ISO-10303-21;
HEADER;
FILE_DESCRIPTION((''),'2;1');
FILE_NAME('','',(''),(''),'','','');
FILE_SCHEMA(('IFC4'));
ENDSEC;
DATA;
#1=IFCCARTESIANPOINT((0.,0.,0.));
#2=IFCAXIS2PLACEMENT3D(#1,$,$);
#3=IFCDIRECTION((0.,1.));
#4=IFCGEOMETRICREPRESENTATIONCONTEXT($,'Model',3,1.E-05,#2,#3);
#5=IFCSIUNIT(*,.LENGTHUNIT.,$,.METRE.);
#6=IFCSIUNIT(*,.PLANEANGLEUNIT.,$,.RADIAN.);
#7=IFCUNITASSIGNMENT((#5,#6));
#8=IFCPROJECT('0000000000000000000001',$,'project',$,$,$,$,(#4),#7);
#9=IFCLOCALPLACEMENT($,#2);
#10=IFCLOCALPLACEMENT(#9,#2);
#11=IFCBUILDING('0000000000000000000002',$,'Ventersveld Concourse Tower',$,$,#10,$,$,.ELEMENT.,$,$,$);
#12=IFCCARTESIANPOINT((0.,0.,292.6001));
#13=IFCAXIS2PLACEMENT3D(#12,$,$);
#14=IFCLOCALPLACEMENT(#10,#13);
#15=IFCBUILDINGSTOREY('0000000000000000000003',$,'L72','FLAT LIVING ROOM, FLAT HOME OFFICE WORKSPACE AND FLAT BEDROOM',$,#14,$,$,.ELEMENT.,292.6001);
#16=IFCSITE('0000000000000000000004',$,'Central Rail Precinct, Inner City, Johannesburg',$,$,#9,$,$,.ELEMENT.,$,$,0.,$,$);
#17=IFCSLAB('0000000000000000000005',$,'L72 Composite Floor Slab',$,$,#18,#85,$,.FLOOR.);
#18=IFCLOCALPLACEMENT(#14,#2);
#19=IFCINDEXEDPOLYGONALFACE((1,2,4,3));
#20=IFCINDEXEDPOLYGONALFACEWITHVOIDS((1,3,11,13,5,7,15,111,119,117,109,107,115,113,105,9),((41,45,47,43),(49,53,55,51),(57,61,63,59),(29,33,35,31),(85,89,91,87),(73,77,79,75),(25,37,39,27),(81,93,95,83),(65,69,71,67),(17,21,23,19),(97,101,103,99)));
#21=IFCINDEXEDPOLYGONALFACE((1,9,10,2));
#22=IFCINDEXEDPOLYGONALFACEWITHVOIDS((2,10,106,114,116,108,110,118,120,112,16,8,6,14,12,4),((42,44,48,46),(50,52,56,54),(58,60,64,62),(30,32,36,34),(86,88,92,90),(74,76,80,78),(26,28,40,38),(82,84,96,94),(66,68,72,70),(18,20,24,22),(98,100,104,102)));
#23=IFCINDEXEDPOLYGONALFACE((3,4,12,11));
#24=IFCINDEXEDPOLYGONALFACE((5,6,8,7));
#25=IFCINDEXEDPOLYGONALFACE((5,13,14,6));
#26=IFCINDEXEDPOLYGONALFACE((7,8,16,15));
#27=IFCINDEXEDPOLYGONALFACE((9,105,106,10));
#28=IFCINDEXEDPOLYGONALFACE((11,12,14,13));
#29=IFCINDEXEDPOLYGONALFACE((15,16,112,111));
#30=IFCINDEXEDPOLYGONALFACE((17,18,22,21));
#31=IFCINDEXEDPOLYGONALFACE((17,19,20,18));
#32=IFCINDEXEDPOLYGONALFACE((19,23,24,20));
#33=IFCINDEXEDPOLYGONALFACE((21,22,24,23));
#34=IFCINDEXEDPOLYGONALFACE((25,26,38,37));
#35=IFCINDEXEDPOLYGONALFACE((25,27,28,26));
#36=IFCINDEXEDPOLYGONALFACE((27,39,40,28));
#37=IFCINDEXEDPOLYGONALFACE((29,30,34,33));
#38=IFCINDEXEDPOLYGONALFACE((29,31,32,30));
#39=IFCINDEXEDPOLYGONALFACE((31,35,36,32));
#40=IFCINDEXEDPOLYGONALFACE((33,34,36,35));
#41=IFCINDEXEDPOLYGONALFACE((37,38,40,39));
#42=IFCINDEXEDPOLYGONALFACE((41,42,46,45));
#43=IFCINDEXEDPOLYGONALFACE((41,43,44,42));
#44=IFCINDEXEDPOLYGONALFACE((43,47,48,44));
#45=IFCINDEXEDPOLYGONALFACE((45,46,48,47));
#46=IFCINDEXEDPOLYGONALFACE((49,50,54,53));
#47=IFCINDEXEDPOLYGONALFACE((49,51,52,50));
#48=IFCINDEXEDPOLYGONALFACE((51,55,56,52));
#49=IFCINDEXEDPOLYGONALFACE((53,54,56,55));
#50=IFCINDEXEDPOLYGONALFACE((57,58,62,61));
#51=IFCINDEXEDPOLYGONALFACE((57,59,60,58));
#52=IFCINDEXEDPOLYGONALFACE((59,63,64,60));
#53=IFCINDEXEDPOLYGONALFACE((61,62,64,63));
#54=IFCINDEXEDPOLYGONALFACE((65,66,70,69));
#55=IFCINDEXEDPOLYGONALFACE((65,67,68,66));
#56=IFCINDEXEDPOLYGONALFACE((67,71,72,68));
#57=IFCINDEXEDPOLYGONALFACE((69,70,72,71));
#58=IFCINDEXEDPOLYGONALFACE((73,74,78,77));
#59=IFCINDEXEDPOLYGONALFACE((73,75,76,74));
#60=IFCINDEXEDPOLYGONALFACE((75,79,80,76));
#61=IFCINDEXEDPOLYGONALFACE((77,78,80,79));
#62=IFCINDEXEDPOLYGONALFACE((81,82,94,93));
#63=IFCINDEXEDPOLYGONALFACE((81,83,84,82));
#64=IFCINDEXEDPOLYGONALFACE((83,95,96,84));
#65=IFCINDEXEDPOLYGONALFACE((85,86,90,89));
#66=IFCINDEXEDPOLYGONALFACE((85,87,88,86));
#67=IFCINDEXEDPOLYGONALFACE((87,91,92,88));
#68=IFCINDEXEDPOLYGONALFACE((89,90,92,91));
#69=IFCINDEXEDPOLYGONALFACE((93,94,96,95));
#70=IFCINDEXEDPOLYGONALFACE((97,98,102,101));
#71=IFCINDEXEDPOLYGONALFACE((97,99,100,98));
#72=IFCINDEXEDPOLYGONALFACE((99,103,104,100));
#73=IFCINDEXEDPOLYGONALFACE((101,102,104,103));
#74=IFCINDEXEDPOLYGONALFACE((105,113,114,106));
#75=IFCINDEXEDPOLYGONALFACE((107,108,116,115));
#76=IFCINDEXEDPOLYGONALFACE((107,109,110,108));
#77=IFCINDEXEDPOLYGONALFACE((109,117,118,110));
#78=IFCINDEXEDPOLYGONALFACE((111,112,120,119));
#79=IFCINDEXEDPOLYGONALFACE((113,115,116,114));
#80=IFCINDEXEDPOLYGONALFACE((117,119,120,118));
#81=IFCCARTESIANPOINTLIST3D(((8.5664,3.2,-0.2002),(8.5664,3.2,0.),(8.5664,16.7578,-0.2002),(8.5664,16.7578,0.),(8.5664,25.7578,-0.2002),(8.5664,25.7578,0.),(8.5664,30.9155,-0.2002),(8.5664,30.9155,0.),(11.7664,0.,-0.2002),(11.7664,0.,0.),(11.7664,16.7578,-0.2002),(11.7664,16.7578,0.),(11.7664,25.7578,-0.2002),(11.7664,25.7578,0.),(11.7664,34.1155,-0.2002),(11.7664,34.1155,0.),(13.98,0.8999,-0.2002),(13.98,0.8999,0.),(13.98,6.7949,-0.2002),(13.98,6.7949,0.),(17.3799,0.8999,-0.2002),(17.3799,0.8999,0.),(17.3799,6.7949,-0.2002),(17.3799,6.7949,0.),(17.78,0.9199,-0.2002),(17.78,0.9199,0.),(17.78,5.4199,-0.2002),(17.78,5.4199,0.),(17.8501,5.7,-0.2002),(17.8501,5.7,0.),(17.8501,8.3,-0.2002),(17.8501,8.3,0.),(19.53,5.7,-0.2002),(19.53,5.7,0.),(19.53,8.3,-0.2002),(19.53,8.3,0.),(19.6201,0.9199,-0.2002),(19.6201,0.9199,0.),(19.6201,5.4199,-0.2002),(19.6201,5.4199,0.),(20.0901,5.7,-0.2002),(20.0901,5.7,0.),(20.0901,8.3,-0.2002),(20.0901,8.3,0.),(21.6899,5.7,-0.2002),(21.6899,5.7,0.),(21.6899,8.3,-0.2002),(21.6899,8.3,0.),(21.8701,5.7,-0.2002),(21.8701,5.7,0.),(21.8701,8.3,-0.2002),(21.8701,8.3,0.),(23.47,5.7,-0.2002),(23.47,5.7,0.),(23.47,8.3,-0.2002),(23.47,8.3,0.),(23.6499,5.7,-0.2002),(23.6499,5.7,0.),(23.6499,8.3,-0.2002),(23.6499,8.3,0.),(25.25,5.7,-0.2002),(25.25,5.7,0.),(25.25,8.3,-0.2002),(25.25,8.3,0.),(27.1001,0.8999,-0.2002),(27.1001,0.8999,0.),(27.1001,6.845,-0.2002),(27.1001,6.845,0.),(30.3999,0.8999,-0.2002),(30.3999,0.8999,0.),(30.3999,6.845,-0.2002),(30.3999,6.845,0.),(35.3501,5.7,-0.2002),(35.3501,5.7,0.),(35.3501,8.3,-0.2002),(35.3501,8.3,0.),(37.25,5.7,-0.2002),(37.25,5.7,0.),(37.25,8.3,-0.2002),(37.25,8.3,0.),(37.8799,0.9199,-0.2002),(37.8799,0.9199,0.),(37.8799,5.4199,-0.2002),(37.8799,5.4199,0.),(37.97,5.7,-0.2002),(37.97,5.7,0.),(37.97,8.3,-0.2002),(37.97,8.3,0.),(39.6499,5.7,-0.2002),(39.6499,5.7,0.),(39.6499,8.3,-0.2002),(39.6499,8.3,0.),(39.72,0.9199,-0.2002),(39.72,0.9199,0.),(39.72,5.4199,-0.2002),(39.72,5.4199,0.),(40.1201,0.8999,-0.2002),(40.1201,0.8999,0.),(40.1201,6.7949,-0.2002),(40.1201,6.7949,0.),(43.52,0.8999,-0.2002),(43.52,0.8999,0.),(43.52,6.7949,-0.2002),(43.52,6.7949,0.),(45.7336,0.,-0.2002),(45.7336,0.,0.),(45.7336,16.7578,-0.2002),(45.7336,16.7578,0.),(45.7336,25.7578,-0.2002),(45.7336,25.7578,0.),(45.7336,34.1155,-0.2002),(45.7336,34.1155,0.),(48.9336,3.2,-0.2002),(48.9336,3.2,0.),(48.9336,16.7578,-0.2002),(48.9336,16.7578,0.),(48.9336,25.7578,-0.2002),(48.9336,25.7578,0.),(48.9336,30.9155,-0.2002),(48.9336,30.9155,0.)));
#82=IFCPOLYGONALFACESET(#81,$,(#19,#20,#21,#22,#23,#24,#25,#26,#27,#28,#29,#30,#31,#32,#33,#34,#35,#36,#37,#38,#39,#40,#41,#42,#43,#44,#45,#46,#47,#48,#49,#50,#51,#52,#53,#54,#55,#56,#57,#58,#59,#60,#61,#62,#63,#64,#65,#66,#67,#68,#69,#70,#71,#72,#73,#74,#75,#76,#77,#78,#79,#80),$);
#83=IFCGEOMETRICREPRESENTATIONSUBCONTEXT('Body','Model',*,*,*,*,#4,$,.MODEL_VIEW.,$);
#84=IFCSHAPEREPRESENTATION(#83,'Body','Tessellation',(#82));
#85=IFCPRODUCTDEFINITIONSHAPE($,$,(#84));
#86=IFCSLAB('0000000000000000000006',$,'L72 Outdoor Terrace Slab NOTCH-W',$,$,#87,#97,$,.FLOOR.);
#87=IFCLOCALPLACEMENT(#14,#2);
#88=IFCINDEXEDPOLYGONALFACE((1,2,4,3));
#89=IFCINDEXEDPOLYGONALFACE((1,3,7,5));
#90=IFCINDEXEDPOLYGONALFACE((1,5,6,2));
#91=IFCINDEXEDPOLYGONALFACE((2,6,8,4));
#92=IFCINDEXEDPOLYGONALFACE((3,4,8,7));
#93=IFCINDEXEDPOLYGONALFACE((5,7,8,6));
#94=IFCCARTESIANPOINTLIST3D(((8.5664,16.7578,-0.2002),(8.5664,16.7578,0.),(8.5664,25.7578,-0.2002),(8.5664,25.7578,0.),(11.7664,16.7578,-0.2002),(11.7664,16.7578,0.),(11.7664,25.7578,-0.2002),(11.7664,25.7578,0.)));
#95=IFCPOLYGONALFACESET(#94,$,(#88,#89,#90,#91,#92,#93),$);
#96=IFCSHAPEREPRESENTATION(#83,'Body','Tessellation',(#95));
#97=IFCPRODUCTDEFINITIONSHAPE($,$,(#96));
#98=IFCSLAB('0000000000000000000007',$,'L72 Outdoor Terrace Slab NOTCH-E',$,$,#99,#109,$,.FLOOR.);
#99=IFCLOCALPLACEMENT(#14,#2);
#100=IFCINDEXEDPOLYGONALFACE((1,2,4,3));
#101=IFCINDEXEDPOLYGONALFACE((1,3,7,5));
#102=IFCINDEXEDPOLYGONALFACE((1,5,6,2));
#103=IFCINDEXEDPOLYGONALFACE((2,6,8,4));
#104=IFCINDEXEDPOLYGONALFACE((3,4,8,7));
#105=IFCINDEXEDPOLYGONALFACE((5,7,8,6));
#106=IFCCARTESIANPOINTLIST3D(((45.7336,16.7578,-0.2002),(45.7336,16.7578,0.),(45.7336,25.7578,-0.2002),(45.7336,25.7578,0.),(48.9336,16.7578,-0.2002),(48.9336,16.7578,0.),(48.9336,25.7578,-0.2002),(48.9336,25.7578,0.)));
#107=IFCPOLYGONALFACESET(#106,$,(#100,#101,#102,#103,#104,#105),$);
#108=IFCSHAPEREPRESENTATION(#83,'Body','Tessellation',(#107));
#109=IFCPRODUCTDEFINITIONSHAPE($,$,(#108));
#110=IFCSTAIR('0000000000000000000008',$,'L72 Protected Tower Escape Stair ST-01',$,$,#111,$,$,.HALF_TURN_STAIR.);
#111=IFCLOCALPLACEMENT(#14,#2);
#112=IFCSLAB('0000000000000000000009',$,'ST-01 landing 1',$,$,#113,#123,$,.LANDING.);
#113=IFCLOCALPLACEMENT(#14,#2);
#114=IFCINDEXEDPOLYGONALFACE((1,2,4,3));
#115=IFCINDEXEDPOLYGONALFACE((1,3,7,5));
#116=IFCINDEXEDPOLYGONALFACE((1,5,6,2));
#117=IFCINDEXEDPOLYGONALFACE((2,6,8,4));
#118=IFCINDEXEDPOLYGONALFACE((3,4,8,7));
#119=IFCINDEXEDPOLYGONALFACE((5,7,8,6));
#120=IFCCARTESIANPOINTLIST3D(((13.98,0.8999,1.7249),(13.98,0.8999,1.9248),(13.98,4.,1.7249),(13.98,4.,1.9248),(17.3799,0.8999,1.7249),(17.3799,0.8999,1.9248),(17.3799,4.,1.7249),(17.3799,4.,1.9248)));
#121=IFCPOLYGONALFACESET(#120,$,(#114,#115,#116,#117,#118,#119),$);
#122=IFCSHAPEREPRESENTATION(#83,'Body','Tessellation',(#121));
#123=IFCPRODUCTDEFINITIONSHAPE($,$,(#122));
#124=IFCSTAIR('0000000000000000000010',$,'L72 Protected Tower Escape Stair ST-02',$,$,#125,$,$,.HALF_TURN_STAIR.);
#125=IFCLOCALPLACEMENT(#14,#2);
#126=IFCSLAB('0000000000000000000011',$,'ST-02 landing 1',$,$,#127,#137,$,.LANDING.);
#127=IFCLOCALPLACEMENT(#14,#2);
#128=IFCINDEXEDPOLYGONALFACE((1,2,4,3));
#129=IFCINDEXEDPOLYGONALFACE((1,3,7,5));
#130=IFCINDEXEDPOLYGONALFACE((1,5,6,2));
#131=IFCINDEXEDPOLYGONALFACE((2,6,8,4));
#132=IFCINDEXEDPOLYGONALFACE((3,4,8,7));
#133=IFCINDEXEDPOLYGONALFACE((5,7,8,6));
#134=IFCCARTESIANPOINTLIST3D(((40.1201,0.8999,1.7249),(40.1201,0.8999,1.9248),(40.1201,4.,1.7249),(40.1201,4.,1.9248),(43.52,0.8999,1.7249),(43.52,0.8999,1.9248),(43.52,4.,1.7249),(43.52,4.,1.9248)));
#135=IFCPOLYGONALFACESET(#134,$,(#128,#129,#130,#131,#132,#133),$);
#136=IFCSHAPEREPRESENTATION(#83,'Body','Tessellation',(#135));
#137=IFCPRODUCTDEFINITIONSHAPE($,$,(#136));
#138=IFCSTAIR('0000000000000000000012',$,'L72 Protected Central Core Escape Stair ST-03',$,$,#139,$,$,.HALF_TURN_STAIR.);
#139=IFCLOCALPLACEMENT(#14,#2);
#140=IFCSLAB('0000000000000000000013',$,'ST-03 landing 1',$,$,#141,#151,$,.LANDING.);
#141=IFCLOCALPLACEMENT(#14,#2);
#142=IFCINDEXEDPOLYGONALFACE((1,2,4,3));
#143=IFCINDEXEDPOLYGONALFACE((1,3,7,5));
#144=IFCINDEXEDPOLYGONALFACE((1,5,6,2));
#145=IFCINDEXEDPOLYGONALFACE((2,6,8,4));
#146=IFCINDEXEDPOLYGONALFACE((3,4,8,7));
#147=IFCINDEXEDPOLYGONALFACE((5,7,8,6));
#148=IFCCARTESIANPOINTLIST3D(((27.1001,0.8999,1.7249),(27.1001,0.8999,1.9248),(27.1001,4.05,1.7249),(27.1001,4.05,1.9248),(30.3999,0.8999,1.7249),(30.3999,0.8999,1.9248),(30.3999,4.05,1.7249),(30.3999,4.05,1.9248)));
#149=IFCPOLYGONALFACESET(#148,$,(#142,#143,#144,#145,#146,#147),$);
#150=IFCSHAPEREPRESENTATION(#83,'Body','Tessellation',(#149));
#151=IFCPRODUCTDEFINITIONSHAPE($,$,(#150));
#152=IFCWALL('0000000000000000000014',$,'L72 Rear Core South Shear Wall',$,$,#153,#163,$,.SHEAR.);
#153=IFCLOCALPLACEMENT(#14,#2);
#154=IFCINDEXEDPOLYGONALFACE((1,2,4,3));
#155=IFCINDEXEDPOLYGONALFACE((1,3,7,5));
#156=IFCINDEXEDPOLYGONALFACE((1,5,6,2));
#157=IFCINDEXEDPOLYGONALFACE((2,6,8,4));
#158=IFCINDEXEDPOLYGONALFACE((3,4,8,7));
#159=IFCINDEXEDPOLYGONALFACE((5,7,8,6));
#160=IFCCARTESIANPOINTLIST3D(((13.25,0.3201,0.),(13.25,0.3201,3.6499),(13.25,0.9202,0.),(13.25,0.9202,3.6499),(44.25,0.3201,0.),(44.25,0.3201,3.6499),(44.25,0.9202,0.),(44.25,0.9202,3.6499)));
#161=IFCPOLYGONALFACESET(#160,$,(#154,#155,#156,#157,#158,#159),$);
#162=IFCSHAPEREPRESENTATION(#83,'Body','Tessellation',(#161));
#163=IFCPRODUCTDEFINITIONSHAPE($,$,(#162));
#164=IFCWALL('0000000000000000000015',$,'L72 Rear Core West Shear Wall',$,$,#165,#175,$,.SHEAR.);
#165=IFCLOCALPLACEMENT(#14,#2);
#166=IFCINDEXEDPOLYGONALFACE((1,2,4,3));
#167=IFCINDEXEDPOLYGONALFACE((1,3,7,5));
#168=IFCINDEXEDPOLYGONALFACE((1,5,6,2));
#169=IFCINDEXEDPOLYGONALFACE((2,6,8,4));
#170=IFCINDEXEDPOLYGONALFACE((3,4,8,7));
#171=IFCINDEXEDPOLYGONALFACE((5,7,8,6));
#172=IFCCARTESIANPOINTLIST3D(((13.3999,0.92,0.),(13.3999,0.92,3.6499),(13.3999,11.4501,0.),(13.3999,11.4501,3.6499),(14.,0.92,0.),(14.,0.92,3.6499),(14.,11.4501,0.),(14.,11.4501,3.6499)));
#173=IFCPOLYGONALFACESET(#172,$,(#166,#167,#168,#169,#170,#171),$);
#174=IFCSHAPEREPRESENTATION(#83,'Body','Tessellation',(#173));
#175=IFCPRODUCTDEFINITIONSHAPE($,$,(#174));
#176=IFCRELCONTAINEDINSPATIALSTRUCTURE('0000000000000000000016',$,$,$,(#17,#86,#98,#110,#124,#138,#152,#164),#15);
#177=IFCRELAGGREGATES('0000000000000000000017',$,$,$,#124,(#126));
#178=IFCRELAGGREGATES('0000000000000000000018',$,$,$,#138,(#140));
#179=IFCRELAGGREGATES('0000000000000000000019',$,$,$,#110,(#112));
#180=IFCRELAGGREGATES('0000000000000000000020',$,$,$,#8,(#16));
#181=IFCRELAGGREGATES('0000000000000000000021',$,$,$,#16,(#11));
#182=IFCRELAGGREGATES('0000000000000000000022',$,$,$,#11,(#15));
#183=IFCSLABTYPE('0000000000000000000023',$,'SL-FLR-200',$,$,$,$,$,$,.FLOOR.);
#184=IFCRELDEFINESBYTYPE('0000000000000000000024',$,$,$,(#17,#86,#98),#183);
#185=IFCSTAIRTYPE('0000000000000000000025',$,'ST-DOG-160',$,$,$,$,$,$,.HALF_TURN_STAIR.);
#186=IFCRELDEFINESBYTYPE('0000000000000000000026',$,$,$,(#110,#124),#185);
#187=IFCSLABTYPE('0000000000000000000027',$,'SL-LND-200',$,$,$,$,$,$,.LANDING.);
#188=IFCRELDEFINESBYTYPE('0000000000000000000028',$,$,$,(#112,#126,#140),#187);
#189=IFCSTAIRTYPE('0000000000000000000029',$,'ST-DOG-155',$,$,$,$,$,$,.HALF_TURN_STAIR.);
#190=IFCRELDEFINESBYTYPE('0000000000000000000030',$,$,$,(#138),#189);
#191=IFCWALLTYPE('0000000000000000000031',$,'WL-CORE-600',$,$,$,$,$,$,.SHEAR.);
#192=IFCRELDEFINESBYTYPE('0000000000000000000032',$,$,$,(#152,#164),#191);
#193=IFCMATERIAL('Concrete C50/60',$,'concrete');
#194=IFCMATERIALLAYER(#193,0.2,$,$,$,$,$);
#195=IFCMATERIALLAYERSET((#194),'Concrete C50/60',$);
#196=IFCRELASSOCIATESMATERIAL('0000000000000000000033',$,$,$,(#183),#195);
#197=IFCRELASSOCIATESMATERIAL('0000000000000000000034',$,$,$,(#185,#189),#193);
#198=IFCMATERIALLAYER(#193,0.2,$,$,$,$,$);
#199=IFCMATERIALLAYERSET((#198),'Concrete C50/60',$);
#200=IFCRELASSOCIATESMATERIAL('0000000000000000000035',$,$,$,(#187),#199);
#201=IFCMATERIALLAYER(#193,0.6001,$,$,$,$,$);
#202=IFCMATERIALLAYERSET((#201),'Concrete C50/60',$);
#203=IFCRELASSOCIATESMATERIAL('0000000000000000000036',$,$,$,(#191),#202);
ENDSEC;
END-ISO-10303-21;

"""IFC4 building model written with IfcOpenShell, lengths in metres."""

from ifc_helpers import new_model, si_unit, direction, frame, frame_2d, origin, place, context, subcontext, project, spatial, polyline, rectangle, outline, extrude, material, layer, layer_set, type_object, element, aggregate, save


model = new_model("IFC4")

# Units and contexts
model_context = context("Model", 3, precision=1e-05, world=origin(), true_north=direction((0.0, 1.0)))
body_context = subcontext(model_context, "Body", "Model", "MODEL_VIEW")
ifc_project = project(units=[si_unit("LENGTHUNIT", "METRE"), si_unit("PLANEANGLEUNIT", "RADIAN")], contexts=[model_context])

# Site, building, storey
site_placement = place(None, origin())
site = spatial("IfcSite", under=ifc_project, at=site_placement, Name="Central Rail Precinct, Inner City, Johannesburg", CompositionType="ELEMENT", RefElevation=0.0)
building_placement = place(site_placement, origin())
building = spatial("IfcBuilding", under=site, at=building_placement, Name="Ventersveld Concourse Tower", CompositionType="ELEMENT")
storey_placement = place(building_placement, frame((0.0, 0.0, 292.6001)))
storey = spatial("IfcBuildingStorey", under=building, at=storey_placement, Name="L72", Description="FLAT LIVING ROOM, FLAT HOME OFFICE WORKSPACE AND FLAT BEDROOM", CompositionType="ELEMENT", Elevation=292.6001)

# Shared definitions
ifc_material_1 = material(Name="Concrete C50/60", Category="concrete")

# Slabs
ifc_layer_1 = layer(ifc_material_1, 0.2)
ifc_layer_set_1 = layer_set([ifc_layer_1], Name="Concrete C50/60")
slab_type_1 = type_object("IfcSlabType", Name="SL-FLR-200", PredefinedType="FLOOR", material=ifc_layer_set_1)
slab_1_placement = place(storey_placement, frame((0.0, 0.0, -0.2002)))
element("IfcSlab", 1, at=slab_1_placement, inside=storey, type_object=slab_type_1, Name="L72 Composite Floor Slab", PredefinedType="FLOOR", context=body_context, shape_type="SweptSolid", body=[
    extrude(outline(polyline([(11.7664, 0.0), (45.7336, 0.0), (48.9336, 3.2), (48.9336, 16.7578), (45.7336, 16.7578), (45.7336, 25.7578), (48.9336, 25.7578), (48.9336, 30.9155), (45.7336, 34.1155), (11.7664, 34.1155), (8.5664, 30.9155), (8.5664, 25.7578), (11.7664, 25.7578), (11.7664, 16.7578), (8.5664, 16.7578), (8.5664, 3.2), (11.7664, 0.0)]), holes=[polyline([(13.98, 6.7949), (13.98, 0.8999), (17.3799, 0.8999), (17.3799, 6.7949), (13.98, 6.7949)]), polyline([(40.1201, 6.7949), (40.1201, 0.8999), (43.52, 0.8999), (43.52, 6.7949), (40.1201, 6.7949)]), polyline([(27.1001, 6.845), (27.1001, 0.8999), (30.3999, 0.8999), (30.3999, 6.845), (27.1001, 6.845)]), polyline([(17.8501, 5.7), (19.53, 5.7), (19.53, 8.3), (17.8501, 8.3), (17.8501, 5.7)]), polyline([(37.97, 5.7), (39.6499, 5.7), (39.6499, 8.3), (37.97, 8.3), (37.97, 5.7)]), polyline([(35.3501, 5.7), (37.25, 5.7), (37.25, 8.3), (35.3501, 8.3), (35.3501, 5.7)]), polyline([(20.0901, 5.7), (21.6899, 5.7), (21.6899, 8.3), (20.0901, 8.3), (20.0901, 5.7)]), polyline([(21.8701, 5.7), (23.47, 5.7), (23.47, 8.3), (21.8701, 8.3), (21.8701, 5.7)]), polyline([(23.6499, 5.7), (25.25, 5.7), (25.25, 8.3), (23.6499, 8.3), (23.6499, 5.7)]), polyline([(17.78, 0.9199), (19.6201, 0.9199), (19.6201, 5.4199), (17.78, 5.4199), (17.78, 0.9199)]), polyline([(37.8799, 0.9199), (39.72, 0.9199), (39.72, 5.4199), (37.8799, 5.4199), (37.8799, 0.9199)])]), origin(), (0.0, 0.0, 1.0), 0.2002),
])
slab_2_placement = place(storey_placement, frame((0.0, 0.0, -0.2002)))
element("IfcSlab", 2, at=slab_2_placement, inside=storey, type_object=slab_type_1, Name="L72 Outdoor Terrace Slab NOTCH-W", PredefinedType="FLOOR", context=body_context, shape_type="SweptSolid", body=[
    extrude(outline(polyline([(8.5664, 16.7578), (11.7664, 16.7578), (11.7664, 25.7578), (8.5664, 25.7578), (8.5664, 16.7578)])), origin(), (0.0, 0.0, 1.0), 0.2002),
])
slab_3_placement = place(storey_placement, frame((0.0, 0.0, -0.2002)))
element("IfcSlab", 3, at=slab_3_placement, inside=storey, type_object=slab_type_1, Name="L72 Outdoor Terrace Slab NOTCH-E", PredefinedType="FLOOR", context=body_context, shape_type="SweptSolid", body=[
    extrude(outline(polyline([(45.7336, 16.7578), (48.9336, 16.7578), (48.9336, 25.7578), (45.7336, 25.7578), (45.7336, 16.7578)])), origin(), (0.0, 0.0, 1.0), 0.2002),
])

# Stairs, slabs
stair_type_1 = type_object("IfcStairType", Name="ST-DOG-160", PredefinedType="HALF_TURN_STAIR", material=ifc_material_1)
stair_1_placement = place(storey_placement, origin())
stair_1 = element("IfcStair", 4, at=stair_1_placement, inside=storey, type_object=stair_type_1, Name="L72 Protected Tower Escape Stair ST-01", PredefinedType="HALF_TURN_STAIR")
ifc_layer_2 = layer(ifc_material_1, 0.2)
ifc_layer_set_2 = layer_set([ifc_layer_2], Name="Concrete C50/60")
slab_type_2 = type_object("IfcSlabType", Name="SL-LND-200", PredefinedType="LANDING", material=ifc_layer_set_2)
slab_4_placement = place(storey_placement, frame((0.0, 0.0, 1.7249)))
slab_4 = element("IfcSlab", 5, at=slab_4_placement, type_object=slab_type_2, Name="ST-01 landing 1", PredefinedType="LANDING", context=body_context, shape_type="SweptSolid", body=[
    extrude(outline(polyline([(13.98, 4.0), (13.98, 0.8999), (17.3799, 0.8999), (17.3799, 4.0), (13.98, 4.0)])), origin(), (0.0, 0.0, 1.0), 0.2),
])
stair_2_placement = place(storey_placement, origin())
stair_2 = element("IfcStair", 6, at=stair_2_placement, inside=storey, type_object=stair_type_1, Name="L72 Protected Tower Escape Stair ST-02", PredefinedType="HALF_TURN_STAIR")
slab_5_placement = place(storey_placement, frame((0.0, 0.0, 1.7249)))
slab_5 = element("IfcSlab", 7, at=slab_5_placement, type_object=slab_type_2, Name="ST-02 landing 1", PredefinedType="LANDING", context=body_context, shape_type="SweptSolid", body=[
    extrude(outline(polyline([(40.1201, 4.0), (40.1201, 0.8999), (43.52, 0.8999), (43.52, 4.0), (40.1201, 4.0)])), origin(), (0.0, 0.0, 1.0), 0.2),
])
aggregate(stair_2, [slab_5])
stair_type_2 = type_object("IfcStairType", Name="ST-DOG-155", PredefinedType="HALF_TURN_STAIR", material=ifc_material_1)
stair_3_placement = place(storey_placement, origin())
stair_3 = element("IfcStair", 8, at=stair_3_placement, inside=storey, type_object=stair_type_2, Name="L72 Protected Central Core Escape Stair ST-03", PredefinedType="HALF_TURN_STAIR")
slab_6_placement = place(storey_placement, frame((0.0, 0.0, 1.7249)))
slab_6 = element("IfcSlab", 9, at=slab_6_placement, type_object=slab_type_2, Name="ST-03 landing 1", PredefinedType="LANDING", context=body_context, shape_type="SweptSolid", body=[
    extrude(outline(polyline([(27.1001, 4.05), (27.1001, 0.8999), (30.3999, 0.8999), (30.3999, 4.05), (27.1001, 4.05)])), origin(), (0.0, 0.0, 1.0), 0.2),
])
aggregate(stair_3, [slab_6])

# Walls
ifc_layer_3 = layer(ifc_material_1, 0.6001)
ifc_layer_set_3 = layer_set([ifc_layer_3], Name="Concrete C50/60")
wall_type_1 = type_object("IfcWallType", Name="WL-CORE-600", PredefinedType="SHEAR", material=ifc_layer_set_3)
wall_1_placement = place(storey_placement, frame((13.25, 0.6201, 0.0), z_axis=(0.0, 0.0, 1.0), x_axis=(1.0, 0.0, 0.0)))
element("IfcWall", 10, at=wall_1_placement, inside=storey, type_object=wall_type_1, Name="L72 Rear Core South Shear Wall", PredefinedType="SHEAR", context=body_context, shape_type="SweptSolid", body=[
    extrude(rectangle(XDim=31.0, YDim=0.6001, at=frame_2d((15.5, 0.0))), origin(), (0.0, 0.0, 1.0), 3.6499),
])
wall_2_placement = place(storey_placement, frame((13.7, 0.9199, 0.0), z_axis=(0.0, 0.0, 1.0), x_axis=(0.0, 1.0, 0.0)))
element("IfcWall", 11, at=wall_2_placement, inside=storey, type_object=wall_type_1, Name="L72 Rear Core West Shear Wall", PredefinedType="SHEAR", context=body_context, shape_type="SweptSolid", body=[
    extrude(rectangle(XDim=10.53, YDim=0.6001, at=frame_2d((5.2651, 0.0))), origin(), (0.0, 0.0, 1.0), 3.6499),
])

aggregate(stair_1, [slab_4])

save(model, "model.ifc")
